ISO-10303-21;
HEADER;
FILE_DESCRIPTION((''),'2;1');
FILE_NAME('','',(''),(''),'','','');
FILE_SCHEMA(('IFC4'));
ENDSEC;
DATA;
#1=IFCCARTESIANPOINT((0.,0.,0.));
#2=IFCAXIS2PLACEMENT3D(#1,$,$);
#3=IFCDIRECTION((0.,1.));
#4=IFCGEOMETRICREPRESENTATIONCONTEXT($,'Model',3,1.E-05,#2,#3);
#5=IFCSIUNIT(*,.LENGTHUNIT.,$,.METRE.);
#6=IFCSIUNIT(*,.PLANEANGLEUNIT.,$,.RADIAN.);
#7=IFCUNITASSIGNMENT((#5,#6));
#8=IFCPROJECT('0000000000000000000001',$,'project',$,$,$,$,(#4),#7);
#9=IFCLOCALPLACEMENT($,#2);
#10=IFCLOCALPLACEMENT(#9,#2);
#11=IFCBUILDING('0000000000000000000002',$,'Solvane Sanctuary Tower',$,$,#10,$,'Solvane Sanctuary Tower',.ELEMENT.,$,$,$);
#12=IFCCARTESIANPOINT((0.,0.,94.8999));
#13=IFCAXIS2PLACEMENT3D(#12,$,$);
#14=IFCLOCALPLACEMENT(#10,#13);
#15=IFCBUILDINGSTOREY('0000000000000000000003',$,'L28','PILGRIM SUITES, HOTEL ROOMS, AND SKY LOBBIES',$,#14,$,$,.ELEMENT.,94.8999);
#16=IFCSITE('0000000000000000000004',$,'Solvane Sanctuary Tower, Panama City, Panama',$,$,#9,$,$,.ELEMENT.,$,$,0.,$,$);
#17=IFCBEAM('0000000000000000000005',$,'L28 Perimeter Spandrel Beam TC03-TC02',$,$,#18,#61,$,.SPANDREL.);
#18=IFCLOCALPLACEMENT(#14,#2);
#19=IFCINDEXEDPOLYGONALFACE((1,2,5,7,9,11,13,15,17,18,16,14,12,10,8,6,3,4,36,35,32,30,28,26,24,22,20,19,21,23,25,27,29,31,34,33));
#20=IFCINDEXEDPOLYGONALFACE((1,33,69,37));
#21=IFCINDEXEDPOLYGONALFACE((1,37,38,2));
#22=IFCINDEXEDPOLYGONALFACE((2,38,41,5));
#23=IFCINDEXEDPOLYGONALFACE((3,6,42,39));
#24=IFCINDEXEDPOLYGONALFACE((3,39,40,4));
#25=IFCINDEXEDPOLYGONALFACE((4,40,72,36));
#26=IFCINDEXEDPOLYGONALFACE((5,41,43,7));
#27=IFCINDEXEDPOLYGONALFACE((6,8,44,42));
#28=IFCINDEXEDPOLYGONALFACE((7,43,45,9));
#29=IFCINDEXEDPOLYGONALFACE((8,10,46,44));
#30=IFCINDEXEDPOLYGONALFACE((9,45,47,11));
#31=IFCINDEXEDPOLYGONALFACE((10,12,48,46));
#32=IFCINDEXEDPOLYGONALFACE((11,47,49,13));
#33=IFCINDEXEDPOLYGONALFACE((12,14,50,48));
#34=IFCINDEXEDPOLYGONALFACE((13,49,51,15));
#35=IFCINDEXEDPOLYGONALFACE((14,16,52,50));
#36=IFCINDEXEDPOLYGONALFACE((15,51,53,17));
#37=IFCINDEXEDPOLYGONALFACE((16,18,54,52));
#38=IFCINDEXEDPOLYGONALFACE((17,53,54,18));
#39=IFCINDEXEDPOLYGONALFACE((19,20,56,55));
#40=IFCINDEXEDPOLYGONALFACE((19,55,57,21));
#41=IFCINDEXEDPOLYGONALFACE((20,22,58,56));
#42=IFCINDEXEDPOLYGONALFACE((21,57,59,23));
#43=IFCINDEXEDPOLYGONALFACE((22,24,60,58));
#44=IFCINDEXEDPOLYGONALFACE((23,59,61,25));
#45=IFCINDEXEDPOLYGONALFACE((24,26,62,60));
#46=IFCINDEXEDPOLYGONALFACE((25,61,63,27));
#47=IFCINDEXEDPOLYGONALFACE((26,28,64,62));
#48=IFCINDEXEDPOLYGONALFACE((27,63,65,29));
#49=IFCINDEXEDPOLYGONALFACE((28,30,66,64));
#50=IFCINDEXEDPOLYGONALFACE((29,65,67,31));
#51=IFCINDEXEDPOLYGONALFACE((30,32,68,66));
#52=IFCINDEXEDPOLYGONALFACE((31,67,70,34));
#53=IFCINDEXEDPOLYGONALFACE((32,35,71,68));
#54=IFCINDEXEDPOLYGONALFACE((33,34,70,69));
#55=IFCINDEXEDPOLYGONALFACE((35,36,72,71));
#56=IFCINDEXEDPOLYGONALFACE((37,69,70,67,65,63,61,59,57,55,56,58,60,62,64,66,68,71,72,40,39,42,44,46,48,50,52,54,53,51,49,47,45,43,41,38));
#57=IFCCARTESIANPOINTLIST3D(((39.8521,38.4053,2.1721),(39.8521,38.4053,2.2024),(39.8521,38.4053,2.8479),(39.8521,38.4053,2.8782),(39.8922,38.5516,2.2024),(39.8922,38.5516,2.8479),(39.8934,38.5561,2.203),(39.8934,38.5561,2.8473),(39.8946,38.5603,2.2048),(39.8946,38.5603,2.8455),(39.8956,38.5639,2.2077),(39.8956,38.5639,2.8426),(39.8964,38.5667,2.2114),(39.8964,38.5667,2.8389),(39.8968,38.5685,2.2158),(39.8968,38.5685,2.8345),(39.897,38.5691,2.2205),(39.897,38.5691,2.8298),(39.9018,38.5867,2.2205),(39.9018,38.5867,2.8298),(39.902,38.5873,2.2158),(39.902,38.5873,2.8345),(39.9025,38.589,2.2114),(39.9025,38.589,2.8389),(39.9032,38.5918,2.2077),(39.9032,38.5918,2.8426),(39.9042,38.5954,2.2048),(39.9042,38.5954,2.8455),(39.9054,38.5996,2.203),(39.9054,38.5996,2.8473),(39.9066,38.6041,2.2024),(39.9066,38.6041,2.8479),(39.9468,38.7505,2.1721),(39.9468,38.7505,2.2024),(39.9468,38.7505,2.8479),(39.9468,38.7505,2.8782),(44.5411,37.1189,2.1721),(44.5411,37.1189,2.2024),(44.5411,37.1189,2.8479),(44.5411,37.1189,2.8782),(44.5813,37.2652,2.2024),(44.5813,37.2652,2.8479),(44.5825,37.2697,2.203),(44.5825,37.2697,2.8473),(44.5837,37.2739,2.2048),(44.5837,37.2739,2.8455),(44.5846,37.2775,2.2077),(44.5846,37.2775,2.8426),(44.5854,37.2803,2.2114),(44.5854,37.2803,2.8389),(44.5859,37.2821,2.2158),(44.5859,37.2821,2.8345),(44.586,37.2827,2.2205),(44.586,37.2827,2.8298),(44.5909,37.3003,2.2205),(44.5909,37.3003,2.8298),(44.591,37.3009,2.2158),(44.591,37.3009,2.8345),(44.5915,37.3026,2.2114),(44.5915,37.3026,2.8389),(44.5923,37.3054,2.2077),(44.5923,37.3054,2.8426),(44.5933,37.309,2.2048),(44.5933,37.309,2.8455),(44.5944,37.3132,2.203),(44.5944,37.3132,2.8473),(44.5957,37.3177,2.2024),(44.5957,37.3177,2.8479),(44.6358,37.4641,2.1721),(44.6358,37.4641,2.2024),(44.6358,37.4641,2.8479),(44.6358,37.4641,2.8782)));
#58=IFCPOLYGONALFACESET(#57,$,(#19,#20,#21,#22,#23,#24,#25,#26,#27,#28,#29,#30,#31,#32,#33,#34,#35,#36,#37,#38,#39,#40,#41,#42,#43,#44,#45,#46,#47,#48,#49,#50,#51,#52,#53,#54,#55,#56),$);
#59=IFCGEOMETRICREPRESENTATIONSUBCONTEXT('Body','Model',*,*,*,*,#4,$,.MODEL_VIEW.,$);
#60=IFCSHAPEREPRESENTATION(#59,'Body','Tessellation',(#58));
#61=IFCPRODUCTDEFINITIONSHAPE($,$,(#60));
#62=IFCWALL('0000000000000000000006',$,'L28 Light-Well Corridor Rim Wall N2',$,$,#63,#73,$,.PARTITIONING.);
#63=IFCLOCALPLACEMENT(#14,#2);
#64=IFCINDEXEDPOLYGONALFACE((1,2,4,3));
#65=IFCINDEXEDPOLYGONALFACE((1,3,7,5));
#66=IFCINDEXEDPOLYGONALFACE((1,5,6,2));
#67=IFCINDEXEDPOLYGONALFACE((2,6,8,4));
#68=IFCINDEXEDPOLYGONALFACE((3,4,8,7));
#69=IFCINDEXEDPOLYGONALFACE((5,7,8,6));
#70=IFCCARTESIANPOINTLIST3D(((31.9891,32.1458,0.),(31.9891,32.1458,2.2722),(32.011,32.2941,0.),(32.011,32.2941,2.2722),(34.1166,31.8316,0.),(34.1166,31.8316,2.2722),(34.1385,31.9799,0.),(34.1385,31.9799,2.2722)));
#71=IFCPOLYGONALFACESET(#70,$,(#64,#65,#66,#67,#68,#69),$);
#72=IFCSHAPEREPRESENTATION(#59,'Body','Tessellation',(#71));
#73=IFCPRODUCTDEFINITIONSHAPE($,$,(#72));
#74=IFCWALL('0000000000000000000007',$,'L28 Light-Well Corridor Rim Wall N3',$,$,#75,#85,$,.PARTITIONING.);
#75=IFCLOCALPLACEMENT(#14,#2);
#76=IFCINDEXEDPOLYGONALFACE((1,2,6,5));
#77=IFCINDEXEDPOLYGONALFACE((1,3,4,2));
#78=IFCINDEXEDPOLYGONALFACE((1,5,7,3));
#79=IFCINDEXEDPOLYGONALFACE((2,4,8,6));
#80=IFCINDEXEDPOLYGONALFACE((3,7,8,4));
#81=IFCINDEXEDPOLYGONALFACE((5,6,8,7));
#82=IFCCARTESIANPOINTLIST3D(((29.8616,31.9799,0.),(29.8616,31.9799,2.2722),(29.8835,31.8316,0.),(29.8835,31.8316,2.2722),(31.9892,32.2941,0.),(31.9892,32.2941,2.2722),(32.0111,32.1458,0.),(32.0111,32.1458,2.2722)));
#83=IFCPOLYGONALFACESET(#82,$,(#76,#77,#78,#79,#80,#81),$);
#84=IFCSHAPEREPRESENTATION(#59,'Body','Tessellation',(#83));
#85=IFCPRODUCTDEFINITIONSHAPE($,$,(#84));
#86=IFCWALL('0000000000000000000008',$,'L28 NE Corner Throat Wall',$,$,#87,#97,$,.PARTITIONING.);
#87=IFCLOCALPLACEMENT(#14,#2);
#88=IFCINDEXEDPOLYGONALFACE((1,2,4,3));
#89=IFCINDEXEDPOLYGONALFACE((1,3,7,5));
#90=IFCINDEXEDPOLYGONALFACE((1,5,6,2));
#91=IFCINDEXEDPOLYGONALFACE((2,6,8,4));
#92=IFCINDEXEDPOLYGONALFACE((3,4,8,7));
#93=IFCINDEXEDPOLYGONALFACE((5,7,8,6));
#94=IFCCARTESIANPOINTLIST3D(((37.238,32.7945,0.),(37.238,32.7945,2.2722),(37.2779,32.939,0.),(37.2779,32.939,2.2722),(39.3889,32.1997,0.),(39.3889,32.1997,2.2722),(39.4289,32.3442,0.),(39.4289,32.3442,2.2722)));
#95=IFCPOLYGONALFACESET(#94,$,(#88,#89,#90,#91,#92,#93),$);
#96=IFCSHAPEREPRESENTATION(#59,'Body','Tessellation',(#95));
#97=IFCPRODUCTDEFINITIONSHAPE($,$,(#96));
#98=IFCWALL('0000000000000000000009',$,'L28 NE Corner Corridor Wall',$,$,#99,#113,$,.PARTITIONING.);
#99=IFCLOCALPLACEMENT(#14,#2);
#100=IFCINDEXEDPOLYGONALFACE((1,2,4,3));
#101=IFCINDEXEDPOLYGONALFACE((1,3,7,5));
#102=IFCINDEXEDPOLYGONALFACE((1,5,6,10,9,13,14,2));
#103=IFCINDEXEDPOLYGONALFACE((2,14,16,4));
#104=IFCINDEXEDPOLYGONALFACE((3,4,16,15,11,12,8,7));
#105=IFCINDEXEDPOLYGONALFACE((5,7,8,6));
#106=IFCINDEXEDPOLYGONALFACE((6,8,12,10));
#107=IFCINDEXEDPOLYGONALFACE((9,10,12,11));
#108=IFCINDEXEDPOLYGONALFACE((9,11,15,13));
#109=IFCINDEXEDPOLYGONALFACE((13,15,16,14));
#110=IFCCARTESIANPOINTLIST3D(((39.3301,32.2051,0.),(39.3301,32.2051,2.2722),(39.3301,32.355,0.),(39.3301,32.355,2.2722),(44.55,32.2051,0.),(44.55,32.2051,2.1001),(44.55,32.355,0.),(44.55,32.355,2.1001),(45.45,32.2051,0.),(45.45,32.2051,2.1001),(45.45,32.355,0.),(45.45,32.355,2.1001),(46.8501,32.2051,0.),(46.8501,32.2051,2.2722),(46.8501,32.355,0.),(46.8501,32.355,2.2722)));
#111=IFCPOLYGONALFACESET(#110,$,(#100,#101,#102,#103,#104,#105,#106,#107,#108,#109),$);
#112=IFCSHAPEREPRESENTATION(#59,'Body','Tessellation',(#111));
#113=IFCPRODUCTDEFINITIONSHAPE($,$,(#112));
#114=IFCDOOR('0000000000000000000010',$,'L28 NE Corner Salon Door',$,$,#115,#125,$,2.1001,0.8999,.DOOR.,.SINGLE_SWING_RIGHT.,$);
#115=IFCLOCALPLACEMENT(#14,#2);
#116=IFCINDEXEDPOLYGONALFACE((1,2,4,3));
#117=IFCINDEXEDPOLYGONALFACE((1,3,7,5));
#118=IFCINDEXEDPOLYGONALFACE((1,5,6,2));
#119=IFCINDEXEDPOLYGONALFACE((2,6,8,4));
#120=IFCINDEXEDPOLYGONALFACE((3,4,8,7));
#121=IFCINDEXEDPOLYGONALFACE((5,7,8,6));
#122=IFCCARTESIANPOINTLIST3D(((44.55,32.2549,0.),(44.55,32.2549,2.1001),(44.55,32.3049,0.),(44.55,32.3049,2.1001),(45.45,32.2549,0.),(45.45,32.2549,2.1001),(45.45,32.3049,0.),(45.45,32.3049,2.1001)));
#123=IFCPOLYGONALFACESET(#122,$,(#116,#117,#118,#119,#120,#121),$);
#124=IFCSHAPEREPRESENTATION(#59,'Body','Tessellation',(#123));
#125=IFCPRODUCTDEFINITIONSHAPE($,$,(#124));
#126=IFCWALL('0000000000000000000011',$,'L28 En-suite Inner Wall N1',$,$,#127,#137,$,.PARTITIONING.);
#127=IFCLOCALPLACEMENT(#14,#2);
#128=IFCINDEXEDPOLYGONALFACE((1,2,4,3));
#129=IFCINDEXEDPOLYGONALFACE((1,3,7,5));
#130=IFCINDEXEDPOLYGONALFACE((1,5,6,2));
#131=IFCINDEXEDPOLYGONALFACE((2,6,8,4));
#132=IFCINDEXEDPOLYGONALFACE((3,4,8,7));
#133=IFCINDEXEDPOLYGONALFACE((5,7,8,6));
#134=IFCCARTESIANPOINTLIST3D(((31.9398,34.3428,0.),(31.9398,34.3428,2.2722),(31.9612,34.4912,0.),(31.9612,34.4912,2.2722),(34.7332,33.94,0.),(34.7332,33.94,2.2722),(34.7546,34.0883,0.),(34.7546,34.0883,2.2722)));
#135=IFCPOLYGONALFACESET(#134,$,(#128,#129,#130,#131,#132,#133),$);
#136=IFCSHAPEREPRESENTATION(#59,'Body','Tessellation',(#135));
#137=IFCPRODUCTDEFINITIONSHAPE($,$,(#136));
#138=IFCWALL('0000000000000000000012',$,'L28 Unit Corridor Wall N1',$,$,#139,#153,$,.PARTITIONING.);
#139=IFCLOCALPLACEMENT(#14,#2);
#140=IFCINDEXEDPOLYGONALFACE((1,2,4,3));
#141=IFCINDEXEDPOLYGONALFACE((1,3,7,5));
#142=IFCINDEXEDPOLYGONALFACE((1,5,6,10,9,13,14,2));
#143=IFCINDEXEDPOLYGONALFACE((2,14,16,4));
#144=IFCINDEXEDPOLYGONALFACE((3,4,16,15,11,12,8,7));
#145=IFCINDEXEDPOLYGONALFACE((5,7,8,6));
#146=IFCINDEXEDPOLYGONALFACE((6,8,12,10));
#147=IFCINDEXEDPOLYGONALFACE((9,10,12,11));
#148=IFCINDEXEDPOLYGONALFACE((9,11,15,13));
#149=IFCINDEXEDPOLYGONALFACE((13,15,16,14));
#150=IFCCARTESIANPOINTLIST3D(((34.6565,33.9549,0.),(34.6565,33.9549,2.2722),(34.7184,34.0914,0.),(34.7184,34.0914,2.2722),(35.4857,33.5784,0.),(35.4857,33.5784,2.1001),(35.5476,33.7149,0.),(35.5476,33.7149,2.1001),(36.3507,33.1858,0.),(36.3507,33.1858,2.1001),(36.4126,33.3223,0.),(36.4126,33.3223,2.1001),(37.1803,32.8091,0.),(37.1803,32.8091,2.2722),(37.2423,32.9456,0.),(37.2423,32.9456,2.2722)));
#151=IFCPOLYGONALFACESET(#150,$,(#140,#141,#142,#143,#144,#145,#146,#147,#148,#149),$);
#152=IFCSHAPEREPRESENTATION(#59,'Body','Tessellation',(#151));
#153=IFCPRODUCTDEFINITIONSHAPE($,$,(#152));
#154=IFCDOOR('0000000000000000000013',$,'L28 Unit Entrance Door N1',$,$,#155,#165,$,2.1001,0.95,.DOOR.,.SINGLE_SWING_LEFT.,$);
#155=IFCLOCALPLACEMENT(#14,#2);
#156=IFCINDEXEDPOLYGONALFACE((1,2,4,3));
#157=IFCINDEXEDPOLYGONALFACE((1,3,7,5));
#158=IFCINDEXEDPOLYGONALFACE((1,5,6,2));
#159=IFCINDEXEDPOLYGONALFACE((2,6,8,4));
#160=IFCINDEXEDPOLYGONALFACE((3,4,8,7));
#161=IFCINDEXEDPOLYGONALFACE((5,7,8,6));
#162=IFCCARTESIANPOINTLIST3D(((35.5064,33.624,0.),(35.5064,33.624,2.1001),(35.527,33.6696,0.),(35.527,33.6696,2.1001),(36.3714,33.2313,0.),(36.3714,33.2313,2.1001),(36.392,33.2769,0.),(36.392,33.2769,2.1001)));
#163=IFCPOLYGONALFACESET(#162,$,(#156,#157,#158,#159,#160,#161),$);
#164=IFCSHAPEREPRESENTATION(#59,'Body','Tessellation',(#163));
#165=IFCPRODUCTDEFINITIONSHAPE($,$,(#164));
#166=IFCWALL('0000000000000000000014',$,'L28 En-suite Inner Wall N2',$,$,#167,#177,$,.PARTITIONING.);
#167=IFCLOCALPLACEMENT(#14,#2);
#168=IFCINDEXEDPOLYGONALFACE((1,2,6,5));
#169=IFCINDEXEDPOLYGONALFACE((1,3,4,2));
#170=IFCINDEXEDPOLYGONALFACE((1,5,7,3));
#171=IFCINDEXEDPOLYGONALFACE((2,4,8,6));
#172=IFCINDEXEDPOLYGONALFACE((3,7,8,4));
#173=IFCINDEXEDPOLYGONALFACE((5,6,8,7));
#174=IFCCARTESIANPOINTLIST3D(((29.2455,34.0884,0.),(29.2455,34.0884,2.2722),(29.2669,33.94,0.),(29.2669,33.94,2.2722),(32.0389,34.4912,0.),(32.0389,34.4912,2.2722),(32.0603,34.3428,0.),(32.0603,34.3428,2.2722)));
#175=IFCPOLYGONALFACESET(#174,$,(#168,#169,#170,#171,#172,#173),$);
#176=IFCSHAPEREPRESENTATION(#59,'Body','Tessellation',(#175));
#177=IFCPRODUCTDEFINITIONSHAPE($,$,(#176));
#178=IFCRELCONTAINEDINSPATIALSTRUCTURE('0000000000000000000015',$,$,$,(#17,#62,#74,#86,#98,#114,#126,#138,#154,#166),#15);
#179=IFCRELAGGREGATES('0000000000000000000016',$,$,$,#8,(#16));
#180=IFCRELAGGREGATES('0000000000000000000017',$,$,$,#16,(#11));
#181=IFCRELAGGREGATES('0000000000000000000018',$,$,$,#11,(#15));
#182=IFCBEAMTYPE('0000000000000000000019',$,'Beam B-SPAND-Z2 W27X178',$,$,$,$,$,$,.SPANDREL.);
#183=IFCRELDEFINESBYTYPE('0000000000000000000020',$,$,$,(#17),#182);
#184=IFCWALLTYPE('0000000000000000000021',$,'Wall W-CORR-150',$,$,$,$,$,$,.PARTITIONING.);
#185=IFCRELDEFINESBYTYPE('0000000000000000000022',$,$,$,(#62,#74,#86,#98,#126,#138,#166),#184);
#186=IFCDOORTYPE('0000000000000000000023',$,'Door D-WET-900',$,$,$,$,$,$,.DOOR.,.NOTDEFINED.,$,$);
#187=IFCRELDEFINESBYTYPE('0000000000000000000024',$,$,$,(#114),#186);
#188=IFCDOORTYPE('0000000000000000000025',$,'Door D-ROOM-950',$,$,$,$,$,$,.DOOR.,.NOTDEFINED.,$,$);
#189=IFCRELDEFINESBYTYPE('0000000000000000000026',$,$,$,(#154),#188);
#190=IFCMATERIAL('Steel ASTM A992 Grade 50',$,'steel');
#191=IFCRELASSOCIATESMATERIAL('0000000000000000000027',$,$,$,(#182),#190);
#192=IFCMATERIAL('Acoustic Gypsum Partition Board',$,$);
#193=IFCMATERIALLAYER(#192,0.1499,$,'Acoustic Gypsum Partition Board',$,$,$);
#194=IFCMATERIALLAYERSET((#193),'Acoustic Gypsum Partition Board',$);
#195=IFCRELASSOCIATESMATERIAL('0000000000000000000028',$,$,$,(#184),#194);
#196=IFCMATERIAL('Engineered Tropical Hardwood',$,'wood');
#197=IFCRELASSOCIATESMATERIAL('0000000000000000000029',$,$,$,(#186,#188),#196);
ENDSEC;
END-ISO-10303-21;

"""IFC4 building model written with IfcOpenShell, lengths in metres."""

from ifc_helpers import new_model, si_unit, direction, frame, frame_2d, origin, origin_2d, place, context, subcontext, project, spatial, rectangle, i_section, extrude, material, layer, layer_set, material_profile, profile_set, type_object, element, fill, save


model = new_model("IFC4")

# Units and contexts
model_context = context("Model", 3, precision=1e-05, world=origin(), true_north=direction((0.0, 1.0)))
body_context = subcontext(model_context, "Body", "Model", "MODEL_VIEW")
ifc_project = project(units=[si_unit("LENGTHUNIT", "METRE"), si_unit("PLANEANGLEUNIT", "RADIAN")], contexts=[model_context])

# Site, building, storey
site_placement = place(None, origin())
site = spatial("IfcSite", under=ifc_project, at=site_placement, Name="Solvane Sanctuary Tower, Panama City, Panama", CompositionType="ELEMENT", RefElevation=0.0)
building_placement = place(site_placement, origin())
building = spatial("IfcBuilding", under=site, at=building_placement, Name="Solvane Sanctuary Tower", LongName="Solvane Sanctuary Tower", CompositionType="ELEMENT")
storey_placement = place(building_placement, frame((0.0, 0.0, 94.8999)))
storey = spatial("IfcBuildingStorey", under=building, at=storey_placement, Name="L28", Description="PILGRIM SUITES, HOTEL ROOMS, AND SKY LOBBIES", CompositionType="ELEMENT", Elevation=94.8999)

# Beam
ifc_material_1 = material(Name="Steel ASTM A992 Grade 50", Category="steel")
ifc_material_profile_1 = material_profile(ifc_material_1, i_section(OverallWidth=0.3579, OverallDepth=0.7061, WebThickness=0.0183, FlangeThickness=0.0303, FilletRadius=0.0181, at=origin_2d()), Name="W27X178")
ifc_profile_set_1 = profile_set([ifc_material_profile_1], Name="Steel ASTM A992 Grade 50")
beam_type_1 = type_object("IfcBeamType", Name="Beam B-SPAND-Z2 W27X178", PredefinedType="SPANDREL", material=ifc_profile_set_1)
beam_1_placement = place(storey_placement, frame((39.8994, 38.5779, 2.5251), z_axis=(0.964368, -0.264566, 0.0), x_axis=(0.264566, 0.964368, 0.0)))
element("IfcBeam", 1, at=beam_1_placement, inside=storey, type_object=beam_type_1, Name="L28 Perimeter Spandrel Beam TC03-TC02", PredefinedType="SPANDREL", context=body_context, shape_type="SweptSolid", body=[
    extrude(i_section(OverallWidth=0.3579, OverallDepth=0.7061, WebThickness=0.0183, FlangeThickness=0.0303, FilletRadius=0.0181, at=origin_2d()), origin(), (0.0, 0.0, 1.0), 4.8623),
])

# Walls
ifc_material_2 = material(Name="Acoustic Gypsum Partition Board")
ifc_layer_1 = layer(ifc_material_2, 0.1499, Name="Acoustic Gypsum Partition Board")
ifc_layer_set_1 = layer_set([ifc_layer_1], Name="Acoustic Gypsum Partition Board")
wall_type_1 = type_object("IfcWallType", Name="Wall W-CORR-150", PredefinedType="PARTITIONING", material=ifc_layer_set_1)
for number, where, z_axis, x_axis, name in (
    (2, (34.1274, 31.9058, 0.0), (0.0, 0.0, 1.0), (-0.989269, 0.146108, 0.0), "L28 Light-Well Corridor Rim Wall N2"),
    (3, (32.0, 32.22, 0.0), (0.0, 0.0, 1.0), (-0.989269, -0.146108, 0.0), "L28 Light-Well Corridor Rim Wall N3"),
):
    element("IfcWall", number, at=place(storey_placement, frame(where, z_axis=z_axis, x_axis=x_axis)), inside=storey, type_object=wall_type_1, Name=name, PredefinedType="PARTITIONING", context=body_context, shape_type="SweptSolid", body=[
        extrude(rectangle(XDim=2.1506, YDim=0.1499, at=frame_2d((1.0752, 0.0))), origin(), (0.0, 0.0, 1.0), 2.2722),
    ])
wall_1_placement = place(storey_placement, frame((37.2581, 32.8667, 0.0), z_axis=(0.0, 0.0, 1.0), x_axis=(0.963834, -0.266504, 0.0)))
element("IfcWall", 4, at=wall_1_placement, inside=storey, type_object=wall_type_1, Name="L28 NE Corner Throat Wall", PredefinedType="PARTITIONING", context=body_context, shape_type="SweptSolid", body=[
    extrude(rectangle(XDim=2.2317, YDim=0.1499, at=frame_2d((1.1157, 0.0))), origin(), (0.0, 0.0, 1.0), 2.2722),
])

# Wall, opening, door
wall_2_placement = place(storey_placement, frame((39.3301, 32.28, 0.0), z_axis=(0.0, 0.0, 1.0), x_axis=(1.0, 0.0, 0.0)))
wall_2 = element("IfcWall", 5, at=wall_2_placement, inside=storey, type_object=wall_type_1, Name="L28 NE Corner Corridor Wall", PredefinedType="PARTITIONING", context=body_context, shape_type="SweptSolid", body=[
    extrude(rectangle(XDim=7.52, YDim=0.1499, at=frame_2d((3.76, 0.0))), origin(), (0.0, 0.0, 1.0), 2.2722),
])
opening_1_placement = place(wall_2_placement, frame((5.22, 0.0, 0.0)))
opening_1 = element("IfcOpeningElement", 6, at=opening_1_placement, cuts=wall_2, PredefinedType="OPENING", context=body_context, shape_type="SweptSolid", body=[
    extrude(rectangle(XDim=0.8999, YDim=2.1001, at=frame_2d((0.45, 1.05))), frame((0.0, 0.085, 0.0), z_axis=(0.0, -1.0, 0.0), x_axis=(1.0, 0.0, 0.0)), (0.0, 0.0, 1.0), 0.1699),
])
ifc_material_3 = material(Name="Engineered Tropical Hardwood", Category="wood")
door_type_1 = type_object("IfcDoorType", Name="Door D-WET-900", OperationType="NOTDEFINED", PredefinedType="DOOR", material=ifc_material_3)
door_1_placement = place(opening_1_placement, origin())
door_1 = element("IfcDoor", 7, at=door_1_placement, inside=storey, type_object=door_type_1, Name="L28 NE Corner Salon Door", OperationType="SINGLE_SWING_RIGHT", OverallHeight=2.1001, OverallWidth=0.8999, PredefinedType="DOOR", context=body_context, shape_type="SweptSolid", body=[
    extrude(rectangle(XDim=0.8999, YDim=2.1001, at=frame_2d((0.45, 1.05))), frame((0.0, 0.0249, 0.0), z_axis=(0.0, -1.0, 0.0), x_axis=(1.0, 0.0, 0.0)), (0.0, 0.0, 1.0), 0.05),
])
fill(opening_1, door_1)

# Wall
wall_3_placement = place(storey_placement, frame((34.7439, 34.0142, 0.0), z_axis=(0.0, 0.0, 1.0), x_axis=(-0.989762, 0.142729, 0.0)))
element("IfcWall", 8, at=wall_3_placement, inside=storey, type_object=wall_type_1, Name="L28 En-suite Inner Wall N1", PredefinedType="PARTITIONING", context=body_context, shape_type="SweptSolid", body=[
    extrude(rectangle(XDim=2.8223, YDim=0.1499, at=frame_2d((1.4111, 0.0))), origin(), (0.0, 0.0, 1.0), 2.2722),
])

# Wall, opening, door
wall_4_placement = place(storey_placement, frame((37.2112, 32.8774, 0.0), z_axis=(0.0, 0.0, 1.0), x_axis=(-0.910568, 0.413358, 0.0)))
wall_4 = element("IfcWall", 9, at=wall_4_placement, inside=storey, type_object=wall_type_1, Name="L28 Unit Corridor Wall N1", PredefinedType="PARTITIONING", context=body_context, shape_type="SweptSolid", body=[
    extrude(rectangle(XDim=2.7717, YDim=0.1499, at=frame_2d((1.3857, 0.0))), origin(), (0.0, 0.0, 1.0), 2.2722),
])
opening_2_placement = place(wall_4_placement, frame((0.9109, 0.0, 0.0)))
opening_2 = element("IfcOpeningElement", 10, at=opening_2_placement, cuts=wall_4, PredefinedType="OPENING", context=body_context, shape_type="SweptSolid", body=[
    extrude(rectangle(XDim=0.95, YDim=2.1001, at=frame_2d((0.4751, 1.05))), frame((0.0, 0.085, 0.0), z_axis=(0.0, -1.0, 0.0), x_axis=(1.0, 0.0, 0.0)), (0.0, 0.0, 1.0), 0.1699),
])
door_type_2 = type_object("IfcDoorType", Name="Door D-ROOM-950", OperationType="NOTDEFINED", PredefinedType="DOOR", material=ifc_material_3)
door_2_placement = place(opening_2_placement, origin())
door_2 = element("IfcDoor", 11, at=door_2_placement, inside=storey, type_object=door_type_2, Name="L28 Unit Entrance Door N1", OperationType="SINGLE_SWING_LEFT", OverallHeight=2.1001, OverallWidth=0.95, PredefinedType="DOOR", context=body_context, shape_type="SweptSolid", body=[
    extrude(rectangle(XDim=0.95, YDim=2.1001, at=frame_2d((0.4751, 1.05))), frame((0.0, 0.0249, 0.0), z_axis=(0.0, -1.0, 0.0), x_axis=(1.0, 0.0, 0.0)), (0.0, 0.0, 1.0), 0.05),
])
fill(opening_2, door_2)

# Wall
wall_5_placement = place(storey_placement, frame((32.0496, 34.417, 0.0), z_axis=(0.0, 0.0, 1.0), x_axis=(-0.989762, -0.142729, 0.0)))
element("IfcWall", 12, at=wall_5_placement, inside=storey, type_object=wall_type_1, Name="L28 En-suite Inner Wall N2", PredefinedType="PARTITIONING", context=body_context, shape_type="SweptSolid", body=[
    extrude(rectangle(XDim=2.8223, YDim=0.1499, at=frame_2d((1.4111, 0.0))), origin(), (0.0, 0.0, 1.0), 2.2722),
])

save(model, "model.ifc")
